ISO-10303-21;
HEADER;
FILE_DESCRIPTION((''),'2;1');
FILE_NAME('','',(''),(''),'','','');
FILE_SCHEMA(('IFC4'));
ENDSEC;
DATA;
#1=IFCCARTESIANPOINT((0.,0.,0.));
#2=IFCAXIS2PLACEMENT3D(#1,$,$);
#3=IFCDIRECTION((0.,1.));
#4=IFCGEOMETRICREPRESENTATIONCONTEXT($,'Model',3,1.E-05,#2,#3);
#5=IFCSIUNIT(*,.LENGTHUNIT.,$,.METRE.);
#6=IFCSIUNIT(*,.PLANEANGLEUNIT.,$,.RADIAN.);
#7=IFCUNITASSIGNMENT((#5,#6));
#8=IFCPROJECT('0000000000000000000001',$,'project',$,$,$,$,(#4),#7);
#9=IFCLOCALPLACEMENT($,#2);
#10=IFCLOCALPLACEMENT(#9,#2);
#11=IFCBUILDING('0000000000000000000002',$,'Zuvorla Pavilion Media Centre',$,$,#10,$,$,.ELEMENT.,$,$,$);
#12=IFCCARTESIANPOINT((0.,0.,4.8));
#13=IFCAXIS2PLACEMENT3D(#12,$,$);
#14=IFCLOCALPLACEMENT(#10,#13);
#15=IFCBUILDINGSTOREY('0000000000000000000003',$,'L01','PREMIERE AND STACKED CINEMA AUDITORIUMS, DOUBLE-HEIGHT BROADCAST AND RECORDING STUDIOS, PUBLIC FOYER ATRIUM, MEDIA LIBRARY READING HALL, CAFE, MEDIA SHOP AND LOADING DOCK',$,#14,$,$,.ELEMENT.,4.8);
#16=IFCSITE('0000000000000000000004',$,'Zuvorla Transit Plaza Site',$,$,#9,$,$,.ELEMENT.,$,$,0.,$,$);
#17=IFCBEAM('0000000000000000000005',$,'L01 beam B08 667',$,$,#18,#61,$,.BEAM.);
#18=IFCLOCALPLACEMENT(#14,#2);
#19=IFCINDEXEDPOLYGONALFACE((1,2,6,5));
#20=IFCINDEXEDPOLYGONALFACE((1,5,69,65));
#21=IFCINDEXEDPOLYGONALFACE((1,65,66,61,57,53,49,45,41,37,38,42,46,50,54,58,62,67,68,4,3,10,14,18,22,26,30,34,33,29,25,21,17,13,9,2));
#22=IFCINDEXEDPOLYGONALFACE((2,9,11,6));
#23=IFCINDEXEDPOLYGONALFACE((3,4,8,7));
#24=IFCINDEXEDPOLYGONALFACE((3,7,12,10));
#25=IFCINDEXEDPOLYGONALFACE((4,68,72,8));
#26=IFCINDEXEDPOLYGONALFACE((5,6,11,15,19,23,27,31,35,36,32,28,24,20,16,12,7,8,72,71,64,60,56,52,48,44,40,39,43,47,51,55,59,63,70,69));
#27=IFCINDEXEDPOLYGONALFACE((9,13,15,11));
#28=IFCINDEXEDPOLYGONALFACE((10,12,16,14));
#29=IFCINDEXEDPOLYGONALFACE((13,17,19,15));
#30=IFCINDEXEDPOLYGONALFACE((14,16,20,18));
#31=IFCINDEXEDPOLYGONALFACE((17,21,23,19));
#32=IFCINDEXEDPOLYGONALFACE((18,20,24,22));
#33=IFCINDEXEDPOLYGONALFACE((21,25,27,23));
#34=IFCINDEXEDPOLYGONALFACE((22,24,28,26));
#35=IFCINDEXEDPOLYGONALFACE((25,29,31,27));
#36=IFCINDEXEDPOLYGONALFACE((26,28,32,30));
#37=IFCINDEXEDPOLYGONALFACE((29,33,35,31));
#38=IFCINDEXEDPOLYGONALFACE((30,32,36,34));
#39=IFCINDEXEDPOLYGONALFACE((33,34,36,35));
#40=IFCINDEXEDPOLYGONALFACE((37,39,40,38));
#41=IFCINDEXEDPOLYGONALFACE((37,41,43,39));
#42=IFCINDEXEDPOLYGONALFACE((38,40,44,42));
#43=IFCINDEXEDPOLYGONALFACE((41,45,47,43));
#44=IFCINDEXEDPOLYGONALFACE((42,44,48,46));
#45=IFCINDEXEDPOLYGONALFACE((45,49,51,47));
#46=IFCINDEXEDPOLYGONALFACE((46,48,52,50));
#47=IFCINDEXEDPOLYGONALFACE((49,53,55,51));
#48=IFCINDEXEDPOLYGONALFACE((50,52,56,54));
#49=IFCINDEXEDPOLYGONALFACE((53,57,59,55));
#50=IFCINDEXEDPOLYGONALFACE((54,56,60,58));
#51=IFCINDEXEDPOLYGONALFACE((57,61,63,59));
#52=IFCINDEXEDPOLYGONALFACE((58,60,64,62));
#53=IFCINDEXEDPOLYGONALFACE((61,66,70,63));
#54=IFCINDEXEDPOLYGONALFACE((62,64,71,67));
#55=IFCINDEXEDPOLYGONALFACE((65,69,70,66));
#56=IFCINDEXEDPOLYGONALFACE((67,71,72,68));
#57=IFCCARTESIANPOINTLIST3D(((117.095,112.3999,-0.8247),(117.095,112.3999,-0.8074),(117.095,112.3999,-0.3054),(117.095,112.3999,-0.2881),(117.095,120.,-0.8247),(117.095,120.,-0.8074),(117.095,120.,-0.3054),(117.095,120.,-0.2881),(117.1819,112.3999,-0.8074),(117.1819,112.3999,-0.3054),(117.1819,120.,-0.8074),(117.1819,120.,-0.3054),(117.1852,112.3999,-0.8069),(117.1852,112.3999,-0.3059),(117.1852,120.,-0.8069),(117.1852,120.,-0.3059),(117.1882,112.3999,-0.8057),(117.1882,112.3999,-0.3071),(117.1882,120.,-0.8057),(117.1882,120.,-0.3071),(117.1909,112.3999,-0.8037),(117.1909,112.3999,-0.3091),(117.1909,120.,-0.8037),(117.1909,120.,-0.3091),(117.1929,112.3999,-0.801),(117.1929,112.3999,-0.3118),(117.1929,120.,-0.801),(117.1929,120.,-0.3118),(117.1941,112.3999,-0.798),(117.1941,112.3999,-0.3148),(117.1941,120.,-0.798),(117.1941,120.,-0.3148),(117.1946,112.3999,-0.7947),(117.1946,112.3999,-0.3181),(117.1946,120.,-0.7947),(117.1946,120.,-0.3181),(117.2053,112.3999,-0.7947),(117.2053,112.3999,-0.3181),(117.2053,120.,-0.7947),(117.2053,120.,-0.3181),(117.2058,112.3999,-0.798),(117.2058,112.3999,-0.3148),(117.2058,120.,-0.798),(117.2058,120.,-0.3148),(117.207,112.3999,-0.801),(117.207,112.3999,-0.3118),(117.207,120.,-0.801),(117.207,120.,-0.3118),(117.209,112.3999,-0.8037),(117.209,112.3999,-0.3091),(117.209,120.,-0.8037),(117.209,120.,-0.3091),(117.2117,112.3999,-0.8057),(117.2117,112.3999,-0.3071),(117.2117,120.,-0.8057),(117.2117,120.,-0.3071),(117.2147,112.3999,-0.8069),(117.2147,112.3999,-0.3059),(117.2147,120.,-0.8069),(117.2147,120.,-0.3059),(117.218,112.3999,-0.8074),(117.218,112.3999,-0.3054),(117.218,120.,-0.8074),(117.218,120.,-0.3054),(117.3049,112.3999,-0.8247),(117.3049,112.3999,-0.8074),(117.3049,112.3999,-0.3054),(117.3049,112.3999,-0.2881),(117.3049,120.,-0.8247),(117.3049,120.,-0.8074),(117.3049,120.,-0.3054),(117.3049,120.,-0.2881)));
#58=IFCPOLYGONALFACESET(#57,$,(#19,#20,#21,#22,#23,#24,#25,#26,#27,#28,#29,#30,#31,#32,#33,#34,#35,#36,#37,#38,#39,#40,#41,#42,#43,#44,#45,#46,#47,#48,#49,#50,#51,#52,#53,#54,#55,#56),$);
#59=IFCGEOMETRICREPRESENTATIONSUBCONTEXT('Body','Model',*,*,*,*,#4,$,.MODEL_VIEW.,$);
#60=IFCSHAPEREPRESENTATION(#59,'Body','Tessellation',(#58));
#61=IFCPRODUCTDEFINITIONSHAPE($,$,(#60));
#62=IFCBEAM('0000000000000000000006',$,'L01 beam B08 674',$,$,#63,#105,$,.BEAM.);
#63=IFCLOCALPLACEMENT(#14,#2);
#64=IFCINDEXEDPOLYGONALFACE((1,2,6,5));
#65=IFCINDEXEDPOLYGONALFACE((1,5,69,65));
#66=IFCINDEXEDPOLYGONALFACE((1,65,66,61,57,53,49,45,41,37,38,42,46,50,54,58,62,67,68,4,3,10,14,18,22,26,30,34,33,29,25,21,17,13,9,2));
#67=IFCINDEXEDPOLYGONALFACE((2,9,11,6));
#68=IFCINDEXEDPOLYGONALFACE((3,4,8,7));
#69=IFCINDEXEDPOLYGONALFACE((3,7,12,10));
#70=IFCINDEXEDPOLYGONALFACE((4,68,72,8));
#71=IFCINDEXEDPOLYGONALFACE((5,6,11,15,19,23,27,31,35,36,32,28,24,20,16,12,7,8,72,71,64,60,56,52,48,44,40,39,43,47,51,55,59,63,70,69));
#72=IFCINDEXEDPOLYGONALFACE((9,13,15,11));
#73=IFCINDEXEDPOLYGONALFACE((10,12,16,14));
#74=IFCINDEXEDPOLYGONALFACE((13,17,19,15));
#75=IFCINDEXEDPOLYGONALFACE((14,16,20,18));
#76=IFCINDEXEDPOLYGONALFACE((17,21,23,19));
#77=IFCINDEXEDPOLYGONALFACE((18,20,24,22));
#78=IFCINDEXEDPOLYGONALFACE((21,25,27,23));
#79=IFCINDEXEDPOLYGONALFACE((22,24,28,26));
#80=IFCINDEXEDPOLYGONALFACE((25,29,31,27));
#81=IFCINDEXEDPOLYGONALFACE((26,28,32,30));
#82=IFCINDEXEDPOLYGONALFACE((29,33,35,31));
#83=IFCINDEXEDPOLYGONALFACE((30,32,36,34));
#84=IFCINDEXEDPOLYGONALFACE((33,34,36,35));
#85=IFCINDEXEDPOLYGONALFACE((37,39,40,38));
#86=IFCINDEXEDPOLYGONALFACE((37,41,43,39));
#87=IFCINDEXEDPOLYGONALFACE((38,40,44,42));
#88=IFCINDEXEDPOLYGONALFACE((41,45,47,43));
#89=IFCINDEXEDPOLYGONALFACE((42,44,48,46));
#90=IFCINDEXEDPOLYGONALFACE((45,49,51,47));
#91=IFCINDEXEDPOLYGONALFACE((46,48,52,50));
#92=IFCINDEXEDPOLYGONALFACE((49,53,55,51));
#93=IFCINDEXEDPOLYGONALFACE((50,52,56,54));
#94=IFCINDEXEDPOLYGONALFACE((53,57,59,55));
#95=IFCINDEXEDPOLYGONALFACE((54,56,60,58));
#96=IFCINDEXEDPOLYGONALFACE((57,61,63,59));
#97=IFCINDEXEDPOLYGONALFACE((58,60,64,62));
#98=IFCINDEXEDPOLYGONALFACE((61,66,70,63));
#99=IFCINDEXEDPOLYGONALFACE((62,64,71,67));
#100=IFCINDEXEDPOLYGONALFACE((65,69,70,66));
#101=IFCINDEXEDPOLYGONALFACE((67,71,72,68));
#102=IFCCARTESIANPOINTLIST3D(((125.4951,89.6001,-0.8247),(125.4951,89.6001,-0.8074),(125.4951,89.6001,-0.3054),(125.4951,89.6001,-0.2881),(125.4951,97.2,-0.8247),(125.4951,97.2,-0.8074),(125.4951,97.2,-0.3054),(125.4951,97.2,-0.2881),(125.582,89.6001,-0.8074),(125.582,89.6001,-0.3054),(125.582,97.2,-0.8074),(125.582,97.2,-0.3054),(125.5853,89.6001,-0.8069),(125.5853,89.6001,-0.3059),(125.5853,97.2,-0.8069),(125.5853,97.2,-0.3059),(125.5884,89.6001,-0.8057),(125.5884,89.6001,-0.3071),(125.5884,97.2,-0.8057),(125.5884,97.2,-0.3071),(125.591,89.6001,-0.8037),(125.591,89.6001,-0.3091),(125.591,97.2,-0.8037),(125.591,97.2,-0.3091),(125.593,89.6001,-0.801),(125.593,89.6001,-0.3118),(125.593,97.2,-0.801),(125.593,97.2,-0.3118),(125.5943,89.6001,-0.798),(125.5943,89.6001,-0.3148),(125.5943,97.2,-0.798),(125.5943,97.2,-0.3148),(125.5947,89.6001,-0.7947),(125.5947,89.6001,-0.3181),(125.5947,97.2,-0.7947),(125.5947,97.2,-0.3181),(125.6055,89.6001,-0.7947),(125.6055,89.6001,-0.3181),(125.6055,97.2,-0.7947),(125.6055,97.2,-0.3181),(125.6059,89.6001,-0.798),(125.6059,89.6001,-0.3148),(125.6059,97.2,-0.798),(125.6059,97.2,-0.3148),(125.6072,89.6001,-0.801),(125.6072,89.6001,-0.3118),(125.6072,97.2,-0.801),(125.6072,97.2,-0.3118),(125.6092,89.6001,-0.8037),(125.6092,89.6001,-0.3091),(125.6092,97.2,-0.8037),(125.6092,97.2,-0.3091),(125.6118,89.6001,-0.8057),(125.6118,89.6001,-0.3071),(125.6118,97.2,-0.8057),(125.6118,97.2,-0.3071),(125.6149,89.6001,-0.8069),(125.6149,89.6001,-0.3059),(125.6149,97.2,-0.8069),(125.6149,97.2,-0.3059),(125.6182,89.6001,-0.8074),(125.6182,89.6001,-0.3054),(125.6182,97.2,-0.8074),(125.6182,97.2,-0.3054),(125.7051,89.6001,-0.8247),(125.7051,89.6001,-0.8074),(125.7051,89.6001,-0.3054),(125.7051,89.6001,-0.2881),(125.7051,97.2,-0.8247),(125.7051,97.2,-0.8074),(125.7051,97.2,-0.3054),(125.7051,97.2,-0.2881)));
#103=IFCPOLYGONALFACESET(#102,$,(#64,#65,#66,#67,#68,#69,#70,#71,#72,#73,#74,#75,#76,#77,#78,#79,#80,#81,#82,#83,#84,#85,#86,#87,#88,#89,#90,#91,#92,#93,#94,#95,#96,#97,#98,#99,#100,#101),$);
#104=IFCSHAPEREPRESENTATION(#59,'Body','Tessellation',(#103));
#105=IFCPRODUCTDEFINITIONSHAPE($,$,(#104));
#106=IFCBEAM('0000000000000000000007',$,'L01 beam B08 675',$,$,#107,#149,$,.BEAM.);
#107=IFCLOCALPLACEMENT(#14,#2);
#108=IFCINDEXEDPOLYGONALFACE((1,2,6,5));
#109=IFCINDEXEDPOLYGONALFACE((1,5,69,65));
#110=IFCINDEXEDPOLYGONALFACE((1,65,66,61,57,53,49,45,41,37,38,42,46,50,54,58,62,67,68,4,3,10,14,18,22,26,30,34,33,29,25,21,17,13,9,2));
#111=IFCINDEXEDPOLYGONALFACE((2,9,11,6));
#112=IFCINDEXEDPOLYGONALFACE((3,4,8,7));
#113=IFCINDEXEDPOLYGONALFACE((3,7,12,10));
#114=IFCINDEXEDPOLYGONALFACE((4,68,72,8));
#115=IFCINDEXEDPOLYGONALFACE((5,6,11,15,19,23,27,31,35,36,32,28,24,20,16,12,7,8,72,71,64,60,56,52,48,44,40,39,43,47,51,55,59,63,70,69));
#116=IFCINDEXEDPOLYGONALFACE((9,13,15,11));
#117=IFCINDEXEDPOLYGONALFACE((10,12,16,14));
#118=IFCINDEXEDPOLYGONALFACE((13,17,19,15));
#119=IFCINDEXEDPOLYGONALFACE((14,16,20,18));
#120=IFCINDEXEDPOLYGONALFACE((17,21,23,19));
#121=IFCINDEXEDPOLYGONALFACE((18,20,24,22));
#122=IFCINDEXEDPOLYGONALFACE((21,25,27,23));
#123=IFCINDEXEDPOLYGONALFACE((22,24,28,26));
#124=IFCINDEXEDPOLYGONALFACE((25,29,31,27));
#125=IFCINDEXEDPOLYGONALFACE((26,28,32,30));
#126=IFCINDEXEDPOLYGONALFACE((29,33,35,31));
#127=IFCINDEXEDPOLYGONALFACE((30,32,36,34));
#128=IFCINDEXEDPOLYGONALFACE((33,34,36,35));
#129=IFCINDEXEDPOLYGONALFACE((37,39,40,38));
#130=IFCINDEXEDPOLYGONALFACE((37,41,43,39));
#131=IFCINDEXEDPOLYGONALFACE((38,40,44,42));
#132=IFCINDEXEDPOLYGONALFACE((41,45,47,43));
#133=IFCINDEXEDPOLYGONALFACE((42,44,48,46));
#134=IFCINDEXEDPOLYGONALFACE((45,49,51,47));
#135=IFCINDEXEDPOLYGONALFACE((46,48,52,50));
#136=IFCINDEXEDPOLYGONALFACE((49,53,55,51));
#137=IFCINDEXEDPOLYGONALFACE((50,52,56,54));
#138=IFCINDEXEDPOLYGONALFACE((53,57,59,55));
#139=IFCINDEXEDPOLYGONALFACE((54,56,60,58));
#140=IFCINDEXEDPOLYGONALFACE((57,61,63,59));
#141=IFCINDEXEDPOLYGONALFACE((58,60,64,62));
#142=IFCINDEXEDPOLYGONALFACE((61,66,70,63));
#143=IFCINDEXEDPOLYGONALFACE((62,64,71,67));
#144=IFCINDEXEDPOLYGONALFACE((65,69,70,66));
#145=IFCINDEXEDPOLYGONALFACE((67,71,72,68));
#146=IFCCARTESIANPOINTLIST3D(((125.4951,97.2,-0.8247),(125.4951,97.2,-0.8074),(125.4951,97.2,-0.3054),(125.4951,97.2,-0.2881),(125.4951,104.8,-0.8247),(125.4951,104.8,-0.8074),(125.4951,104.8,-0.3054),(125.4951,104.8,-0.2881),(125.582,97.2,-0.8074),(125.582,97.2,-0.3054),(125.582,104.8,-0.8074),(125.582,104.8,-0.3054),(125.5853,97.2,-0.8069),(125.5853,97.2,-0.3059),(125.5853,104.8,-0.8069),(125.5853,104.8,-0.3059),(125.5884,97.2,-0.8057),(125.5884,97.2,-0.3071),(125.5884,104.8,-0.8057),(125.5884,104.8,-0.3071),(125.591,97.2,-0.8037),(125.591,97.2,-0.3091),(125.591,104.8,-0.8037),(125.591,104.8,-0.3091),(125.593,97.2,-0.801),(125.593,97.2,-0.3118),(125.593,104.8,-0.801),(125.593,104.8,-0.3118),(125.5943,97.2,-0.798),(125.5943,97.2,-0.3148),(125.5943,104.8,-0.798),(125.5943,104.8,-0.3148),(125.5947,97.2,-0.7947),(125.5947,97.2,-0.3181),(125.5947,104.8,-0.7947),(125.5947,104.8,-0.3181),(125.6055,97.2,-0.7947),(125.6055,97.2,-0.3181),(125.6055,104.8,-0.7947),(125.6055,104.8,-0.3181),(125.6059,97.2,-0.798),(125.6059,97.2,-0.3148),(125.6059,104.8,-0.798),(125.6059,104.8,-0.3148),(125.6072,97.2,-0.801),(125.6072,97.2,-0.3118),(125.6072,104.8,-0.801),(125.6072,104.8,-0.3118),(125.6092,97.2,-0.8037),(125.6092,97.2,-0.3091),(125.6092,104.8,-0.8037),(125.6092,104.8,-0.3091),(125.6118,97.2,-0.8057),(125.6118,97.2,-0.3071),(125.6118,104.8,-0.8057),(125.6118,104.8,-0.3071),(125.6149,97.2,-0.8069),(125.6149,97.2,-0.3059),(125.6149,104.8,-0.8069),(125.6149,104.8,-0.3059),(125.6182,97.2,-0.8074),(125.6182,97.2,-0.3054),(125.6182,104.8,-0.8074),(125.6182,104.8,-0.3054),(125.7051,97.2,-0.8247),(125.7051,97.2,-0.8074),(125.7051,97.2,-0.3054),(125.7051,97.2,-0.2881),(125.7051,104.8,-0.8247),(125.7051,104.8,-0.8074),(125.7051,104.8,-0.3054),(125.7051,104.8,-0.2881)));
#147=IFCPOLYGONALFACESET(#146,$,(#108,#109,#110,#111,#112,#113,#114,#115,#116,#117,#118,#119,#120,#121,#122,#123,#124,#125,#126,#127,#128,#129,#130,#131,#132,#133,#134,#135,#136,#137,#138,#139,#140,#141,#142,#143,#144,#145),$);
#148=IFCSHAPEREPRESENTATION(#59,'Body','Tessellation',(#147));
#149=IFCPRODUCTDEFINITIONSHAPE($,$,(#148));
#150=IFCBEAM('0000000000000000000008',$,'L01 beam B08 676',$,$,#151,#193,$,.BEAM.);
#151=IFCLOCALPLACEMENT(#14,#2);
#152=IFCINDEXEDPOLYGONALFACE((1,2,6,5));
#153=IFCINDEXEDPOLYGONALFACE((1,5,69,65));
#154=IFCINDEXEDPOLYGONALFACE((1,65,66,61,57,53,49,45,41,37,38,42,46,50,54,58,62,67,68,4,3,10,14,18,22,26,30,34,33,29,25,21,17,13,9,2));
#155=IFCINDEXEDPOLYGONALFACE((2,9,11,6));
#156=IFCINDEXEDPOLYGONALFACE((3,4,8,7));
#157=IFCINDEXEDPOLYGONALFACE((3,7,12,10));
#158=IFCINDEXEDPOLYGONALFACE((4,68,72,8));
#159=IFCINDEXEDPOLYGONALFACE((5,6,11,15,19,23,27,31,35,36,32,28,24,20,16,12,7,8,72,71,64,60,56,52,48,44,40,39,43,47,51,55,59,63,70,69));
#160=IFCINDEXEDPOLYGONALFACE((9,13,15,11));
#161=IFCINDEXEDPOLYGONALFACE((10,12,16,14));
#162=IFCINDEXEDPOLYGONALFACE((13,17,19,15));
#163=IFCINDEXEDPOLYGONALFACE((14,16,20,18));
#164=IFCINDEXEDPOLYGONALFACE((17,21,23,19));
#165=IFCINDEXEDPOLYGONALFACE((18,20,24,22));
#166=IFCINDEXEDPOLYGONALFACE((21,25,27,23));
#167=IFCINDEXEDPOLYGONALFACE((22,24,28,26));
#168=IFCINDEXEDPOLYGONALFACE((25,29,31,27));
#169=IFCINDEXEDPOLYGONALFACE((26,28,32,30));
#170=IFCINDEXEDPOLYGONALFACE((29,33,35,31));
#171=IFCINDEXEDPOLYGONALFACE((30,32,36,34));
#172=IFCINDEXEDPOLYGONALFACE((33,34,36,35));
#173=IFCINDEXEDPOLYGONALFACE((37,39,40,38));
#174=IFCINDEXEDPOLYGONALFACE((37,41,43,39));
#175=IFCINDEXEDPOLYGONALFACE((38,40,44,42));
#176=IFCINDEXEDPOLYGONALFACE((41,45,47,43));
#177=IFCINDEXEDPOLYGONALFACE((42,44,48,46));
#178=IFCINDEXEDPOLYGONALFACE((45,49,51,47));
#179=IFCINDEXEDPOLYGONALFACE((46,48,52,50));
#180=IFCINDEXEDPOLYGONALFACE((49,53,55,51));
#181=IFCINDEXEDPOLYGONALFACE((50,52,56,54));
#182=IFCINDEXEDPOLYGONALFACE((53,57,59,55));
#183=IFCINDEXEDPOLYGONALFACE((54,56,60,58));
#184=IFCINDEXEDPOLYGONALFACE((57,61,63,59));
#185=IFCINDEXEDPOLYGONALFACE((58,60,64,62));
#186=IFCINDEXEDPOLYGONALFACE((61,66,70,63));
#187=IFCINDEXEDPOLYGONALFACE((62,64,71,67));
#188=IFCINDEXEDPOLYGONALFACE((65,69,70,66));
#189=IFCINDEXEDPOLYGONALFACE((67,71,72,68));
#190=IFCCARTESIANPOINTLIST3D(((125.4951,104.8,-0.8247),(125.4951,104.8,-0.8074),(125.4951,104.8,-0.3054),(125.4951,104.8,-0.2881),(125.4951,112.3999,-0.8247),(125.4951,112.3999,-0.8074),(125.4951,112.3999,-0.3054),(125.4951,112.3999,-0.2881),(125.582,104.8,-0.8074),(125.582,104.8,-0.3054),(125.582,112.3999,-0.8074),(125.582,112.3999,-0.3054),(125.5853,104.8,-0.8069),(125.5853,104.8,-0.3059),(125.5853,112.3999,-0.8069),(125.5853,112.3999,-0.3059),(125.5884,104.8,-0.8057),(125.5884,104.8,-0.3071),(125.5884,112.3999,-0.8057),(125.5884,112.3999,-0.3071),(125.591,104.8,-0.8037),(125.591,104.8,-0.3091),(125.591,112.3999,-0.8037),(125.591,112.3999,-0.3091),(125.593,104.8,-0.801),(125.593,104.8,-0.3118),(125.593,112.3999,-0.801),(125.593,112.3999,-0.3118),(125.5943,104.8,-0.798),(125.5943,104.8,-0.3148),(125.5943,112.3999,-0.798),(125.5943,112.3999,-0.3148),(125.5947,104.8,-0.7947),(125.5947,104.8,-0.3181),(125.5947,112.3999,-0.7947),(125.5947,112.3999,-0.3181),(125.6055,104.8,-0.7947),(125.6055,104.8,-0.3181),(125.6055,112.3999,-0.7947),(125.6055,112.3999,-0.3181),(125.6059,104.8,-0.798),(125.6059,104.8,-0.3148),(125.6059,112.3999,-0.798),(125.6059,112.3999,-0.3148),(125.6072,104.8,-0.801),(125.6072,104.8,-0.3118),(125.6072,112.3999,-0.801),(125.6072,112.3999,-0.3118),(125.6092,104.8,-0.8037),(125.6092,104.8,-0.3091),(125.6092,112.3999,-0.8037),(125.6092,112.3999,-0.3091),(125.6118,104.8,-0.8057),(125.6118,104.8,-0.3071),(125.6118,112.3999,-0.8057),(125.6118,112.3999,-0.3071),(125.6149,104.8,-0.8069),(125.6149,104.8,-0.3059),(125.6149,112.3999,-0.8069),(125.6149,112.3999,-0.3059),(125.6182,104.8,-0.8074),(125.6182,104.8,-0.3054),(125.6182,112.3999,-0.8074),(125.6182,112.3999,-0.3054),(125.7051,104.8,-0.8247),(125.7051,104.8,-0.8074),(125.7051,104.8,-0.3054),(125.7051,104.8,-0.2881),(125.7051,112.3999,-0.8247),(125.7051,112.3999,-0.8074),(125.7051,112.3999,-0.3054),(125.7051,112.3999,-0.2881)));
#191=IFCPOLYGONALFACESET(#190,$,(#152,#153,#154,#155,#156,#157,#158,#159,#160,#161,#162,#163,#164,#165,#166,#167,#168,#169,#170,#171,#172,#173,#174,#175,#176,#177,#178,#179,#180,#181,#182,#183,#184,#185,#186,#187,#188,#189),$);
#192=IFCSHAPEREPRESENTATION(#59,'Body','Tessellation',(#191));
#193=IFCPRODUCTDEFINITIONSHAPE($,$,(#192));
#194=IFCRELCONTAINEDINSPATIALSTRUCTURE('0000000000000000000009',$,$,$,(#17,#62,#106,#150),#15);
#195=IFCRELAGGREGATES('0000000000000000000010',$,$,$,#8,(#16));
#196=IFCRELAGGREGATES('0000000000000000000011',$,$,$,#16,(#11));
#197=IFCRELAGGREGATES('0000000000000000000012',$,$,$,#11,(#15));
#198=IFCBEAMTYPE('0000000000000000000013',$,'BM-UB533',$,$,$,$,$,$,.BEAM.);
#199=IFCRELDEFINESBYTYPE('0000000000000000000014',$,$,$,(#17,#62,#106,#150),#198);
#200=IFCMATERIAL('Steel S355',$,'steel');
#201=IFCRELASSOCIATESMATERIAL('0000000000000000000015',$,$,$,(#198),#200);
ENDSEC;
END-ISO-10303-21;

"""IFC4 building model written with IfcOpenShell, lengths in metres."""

from ifc_helpers import new_model, si_unit, direction, frame, origin, origin_2d, place, context, subcontext, project, spatial, i_section, extrude, material, material_profile, profile_set, type_object, element, save


model = new_model("IFC4")

# Units and contexts
model_context = context("Model", 3, precision=1e-05, world=origin(), true_north=direction((0.0, 1.0)))
body_context = subcontext(model_context, "Body", "Model", "MODEL_VIEW")
ifc_project = project(units=[si_unit("LENGTHUNIT", "METRE"), si_unit("PLANEANGLEUNIT", "RADIAN")], contexts=[model_context])

# Site, building, storey
site_placement = place(None, origin())
site = spatial("IfcSite", under=ifc_project, at=site_placement, Name="Zuvorla Transit Plaza Site", CompositionType="ELEMENT", RefElevation=0.0)
building_placement = place(site_placement, origin())
building = spatial("IfcBuilding", under=site, at=building_placement, Name="Zuvorla Pavilion Media Centre", CompositionType="ELEMENT")
storey_placement = place(building_placement, frame((0.0, 0.0, 4.8)))
storey = spatial("IfcBuildingStorey", under=building, at=storey_placement, Name="L01", Description="PREMIERE AND STACKED CINEMA AUDITORIUMS, DOUBLE-HEIGHT BROADCAST AND RECORDING STUDIOS, PUBLIC FOYER ATRIUM, MEDIA LIBRARY READING HALL, CAFE, MEDIA SHOP AND LOADING DOCK", CompositionType="ELEMENT", Elevation=4.8)

# Beams
ifc_material_1 = material(Name="Steel S355", Category="steel")
ifc_material_profile_1 = material_profile(ifc_material_1, i_section(OverallWidth=0.21, OverallDepth=0.5366, WebThickness=0.0107, FlangeThickness=0.0173, FilletRadius=0.0127, at=origin_2d()), Name="UB 533x210x101")
ifc_profile_set_1 = profile_set([ifc_material_profile_1], Name="Steel S355")
beam_type_1 = type_object("IfcBeamType", Name="BM-UB533", PredefinedType="BEAM", material=ifc_profile_set_1)
beam_1_placement = place(storey_placement, frame((117.2, 112.3999, -0.5564), z_axis=(0.0, 1.0, 0.0), x_axis=(-1.0, 0.0, 0.0)))
element("IfcBeam", 1, at=beam_1_placement, inside=storey, type_object=beam_type_1, Name="L01 beam B08 667", PredefinedType="BEAM", context=body_context, shape_type="SweptSolid", body=[
    extrude(i_section(OverallWidth=0.21, OverallDepth=0.5366, WebThickness=0.0107, FlangeThickness=0.0173, FilletRadius=0.0127, at=origin_2d()), origin(), (0.0, 0.0, 1.0), 7.6001),
])
beam_2_placement = place(storey_placement, frame((125.6001, 89.6001, -0.5564), z_axis=(0.0, 1.0, 0.0), x_axis=(-1.0, 0.0, 0.0)))
element("IfcBeam", 2, at=beam_2_placement, inside=storey, type_object=beam_type_1, Name="L01 beam B08 674", PredefinedType="BEAM", context=body_context, shape_type="SweptSolid", body=[
    extrude(i_section(OverallWidth=0.21, OverallDepth=0.5366, WebThickness=0.0107, FlangeThickness=0.0173, FilletRadius=0.0127, at=origin_2d()), origin(), (0.0, 0.0, 1.0), 7.5999),
])
beam_3_placement = place(storey_placement, frame((125.6001, 97.2, -0.5564), z_axis=(0.0, 1.0, 0.0), x_axis=(-1.0, 0.0, 0.0)))
element("IfcBeam", 3, at=beam_3_placement, inside=storey, type_object=beam_type_1, Name="L01 beam B08 675", PredefinedType="BEAM", context=body_context, shape_type="SweptSolid", body=[
    extrude(i_section(OverallWidth=0.21, OverallDepth=0.5366, WebThickness=0.0107, FlangeThickness=0.0173, FilletRadius=0.0127, at=origin_2d()), origin(), (0.0, 0.0, 1.0), 7.6001),
])
beam_4_placement = place(storey_placement, frame((125.6001, 104.8, -0.5564), z_axis=(0.0, 1.0, 0.0), x_axis=(-1.0, 0.0, 0.0)))
element("IfcBeam", 4, at=beam_4_placement, inside=storey, type_object=beam_type_1, Name="L01 beam B08 676", PredefinedType="BEAM", context=body_context, shape_type="SweptSolid", body=[
    extrude(i_section(OverallWidth=0.21, OverallDepth=0.5366, WebThickness=0.0107, FlangeThickness=0.0173, FilletRadius=0.0127, at=origin_2d()), origin(), (0.0, 0.0, 1.0), 7.5999),
])

save(model, "model.ifc")
